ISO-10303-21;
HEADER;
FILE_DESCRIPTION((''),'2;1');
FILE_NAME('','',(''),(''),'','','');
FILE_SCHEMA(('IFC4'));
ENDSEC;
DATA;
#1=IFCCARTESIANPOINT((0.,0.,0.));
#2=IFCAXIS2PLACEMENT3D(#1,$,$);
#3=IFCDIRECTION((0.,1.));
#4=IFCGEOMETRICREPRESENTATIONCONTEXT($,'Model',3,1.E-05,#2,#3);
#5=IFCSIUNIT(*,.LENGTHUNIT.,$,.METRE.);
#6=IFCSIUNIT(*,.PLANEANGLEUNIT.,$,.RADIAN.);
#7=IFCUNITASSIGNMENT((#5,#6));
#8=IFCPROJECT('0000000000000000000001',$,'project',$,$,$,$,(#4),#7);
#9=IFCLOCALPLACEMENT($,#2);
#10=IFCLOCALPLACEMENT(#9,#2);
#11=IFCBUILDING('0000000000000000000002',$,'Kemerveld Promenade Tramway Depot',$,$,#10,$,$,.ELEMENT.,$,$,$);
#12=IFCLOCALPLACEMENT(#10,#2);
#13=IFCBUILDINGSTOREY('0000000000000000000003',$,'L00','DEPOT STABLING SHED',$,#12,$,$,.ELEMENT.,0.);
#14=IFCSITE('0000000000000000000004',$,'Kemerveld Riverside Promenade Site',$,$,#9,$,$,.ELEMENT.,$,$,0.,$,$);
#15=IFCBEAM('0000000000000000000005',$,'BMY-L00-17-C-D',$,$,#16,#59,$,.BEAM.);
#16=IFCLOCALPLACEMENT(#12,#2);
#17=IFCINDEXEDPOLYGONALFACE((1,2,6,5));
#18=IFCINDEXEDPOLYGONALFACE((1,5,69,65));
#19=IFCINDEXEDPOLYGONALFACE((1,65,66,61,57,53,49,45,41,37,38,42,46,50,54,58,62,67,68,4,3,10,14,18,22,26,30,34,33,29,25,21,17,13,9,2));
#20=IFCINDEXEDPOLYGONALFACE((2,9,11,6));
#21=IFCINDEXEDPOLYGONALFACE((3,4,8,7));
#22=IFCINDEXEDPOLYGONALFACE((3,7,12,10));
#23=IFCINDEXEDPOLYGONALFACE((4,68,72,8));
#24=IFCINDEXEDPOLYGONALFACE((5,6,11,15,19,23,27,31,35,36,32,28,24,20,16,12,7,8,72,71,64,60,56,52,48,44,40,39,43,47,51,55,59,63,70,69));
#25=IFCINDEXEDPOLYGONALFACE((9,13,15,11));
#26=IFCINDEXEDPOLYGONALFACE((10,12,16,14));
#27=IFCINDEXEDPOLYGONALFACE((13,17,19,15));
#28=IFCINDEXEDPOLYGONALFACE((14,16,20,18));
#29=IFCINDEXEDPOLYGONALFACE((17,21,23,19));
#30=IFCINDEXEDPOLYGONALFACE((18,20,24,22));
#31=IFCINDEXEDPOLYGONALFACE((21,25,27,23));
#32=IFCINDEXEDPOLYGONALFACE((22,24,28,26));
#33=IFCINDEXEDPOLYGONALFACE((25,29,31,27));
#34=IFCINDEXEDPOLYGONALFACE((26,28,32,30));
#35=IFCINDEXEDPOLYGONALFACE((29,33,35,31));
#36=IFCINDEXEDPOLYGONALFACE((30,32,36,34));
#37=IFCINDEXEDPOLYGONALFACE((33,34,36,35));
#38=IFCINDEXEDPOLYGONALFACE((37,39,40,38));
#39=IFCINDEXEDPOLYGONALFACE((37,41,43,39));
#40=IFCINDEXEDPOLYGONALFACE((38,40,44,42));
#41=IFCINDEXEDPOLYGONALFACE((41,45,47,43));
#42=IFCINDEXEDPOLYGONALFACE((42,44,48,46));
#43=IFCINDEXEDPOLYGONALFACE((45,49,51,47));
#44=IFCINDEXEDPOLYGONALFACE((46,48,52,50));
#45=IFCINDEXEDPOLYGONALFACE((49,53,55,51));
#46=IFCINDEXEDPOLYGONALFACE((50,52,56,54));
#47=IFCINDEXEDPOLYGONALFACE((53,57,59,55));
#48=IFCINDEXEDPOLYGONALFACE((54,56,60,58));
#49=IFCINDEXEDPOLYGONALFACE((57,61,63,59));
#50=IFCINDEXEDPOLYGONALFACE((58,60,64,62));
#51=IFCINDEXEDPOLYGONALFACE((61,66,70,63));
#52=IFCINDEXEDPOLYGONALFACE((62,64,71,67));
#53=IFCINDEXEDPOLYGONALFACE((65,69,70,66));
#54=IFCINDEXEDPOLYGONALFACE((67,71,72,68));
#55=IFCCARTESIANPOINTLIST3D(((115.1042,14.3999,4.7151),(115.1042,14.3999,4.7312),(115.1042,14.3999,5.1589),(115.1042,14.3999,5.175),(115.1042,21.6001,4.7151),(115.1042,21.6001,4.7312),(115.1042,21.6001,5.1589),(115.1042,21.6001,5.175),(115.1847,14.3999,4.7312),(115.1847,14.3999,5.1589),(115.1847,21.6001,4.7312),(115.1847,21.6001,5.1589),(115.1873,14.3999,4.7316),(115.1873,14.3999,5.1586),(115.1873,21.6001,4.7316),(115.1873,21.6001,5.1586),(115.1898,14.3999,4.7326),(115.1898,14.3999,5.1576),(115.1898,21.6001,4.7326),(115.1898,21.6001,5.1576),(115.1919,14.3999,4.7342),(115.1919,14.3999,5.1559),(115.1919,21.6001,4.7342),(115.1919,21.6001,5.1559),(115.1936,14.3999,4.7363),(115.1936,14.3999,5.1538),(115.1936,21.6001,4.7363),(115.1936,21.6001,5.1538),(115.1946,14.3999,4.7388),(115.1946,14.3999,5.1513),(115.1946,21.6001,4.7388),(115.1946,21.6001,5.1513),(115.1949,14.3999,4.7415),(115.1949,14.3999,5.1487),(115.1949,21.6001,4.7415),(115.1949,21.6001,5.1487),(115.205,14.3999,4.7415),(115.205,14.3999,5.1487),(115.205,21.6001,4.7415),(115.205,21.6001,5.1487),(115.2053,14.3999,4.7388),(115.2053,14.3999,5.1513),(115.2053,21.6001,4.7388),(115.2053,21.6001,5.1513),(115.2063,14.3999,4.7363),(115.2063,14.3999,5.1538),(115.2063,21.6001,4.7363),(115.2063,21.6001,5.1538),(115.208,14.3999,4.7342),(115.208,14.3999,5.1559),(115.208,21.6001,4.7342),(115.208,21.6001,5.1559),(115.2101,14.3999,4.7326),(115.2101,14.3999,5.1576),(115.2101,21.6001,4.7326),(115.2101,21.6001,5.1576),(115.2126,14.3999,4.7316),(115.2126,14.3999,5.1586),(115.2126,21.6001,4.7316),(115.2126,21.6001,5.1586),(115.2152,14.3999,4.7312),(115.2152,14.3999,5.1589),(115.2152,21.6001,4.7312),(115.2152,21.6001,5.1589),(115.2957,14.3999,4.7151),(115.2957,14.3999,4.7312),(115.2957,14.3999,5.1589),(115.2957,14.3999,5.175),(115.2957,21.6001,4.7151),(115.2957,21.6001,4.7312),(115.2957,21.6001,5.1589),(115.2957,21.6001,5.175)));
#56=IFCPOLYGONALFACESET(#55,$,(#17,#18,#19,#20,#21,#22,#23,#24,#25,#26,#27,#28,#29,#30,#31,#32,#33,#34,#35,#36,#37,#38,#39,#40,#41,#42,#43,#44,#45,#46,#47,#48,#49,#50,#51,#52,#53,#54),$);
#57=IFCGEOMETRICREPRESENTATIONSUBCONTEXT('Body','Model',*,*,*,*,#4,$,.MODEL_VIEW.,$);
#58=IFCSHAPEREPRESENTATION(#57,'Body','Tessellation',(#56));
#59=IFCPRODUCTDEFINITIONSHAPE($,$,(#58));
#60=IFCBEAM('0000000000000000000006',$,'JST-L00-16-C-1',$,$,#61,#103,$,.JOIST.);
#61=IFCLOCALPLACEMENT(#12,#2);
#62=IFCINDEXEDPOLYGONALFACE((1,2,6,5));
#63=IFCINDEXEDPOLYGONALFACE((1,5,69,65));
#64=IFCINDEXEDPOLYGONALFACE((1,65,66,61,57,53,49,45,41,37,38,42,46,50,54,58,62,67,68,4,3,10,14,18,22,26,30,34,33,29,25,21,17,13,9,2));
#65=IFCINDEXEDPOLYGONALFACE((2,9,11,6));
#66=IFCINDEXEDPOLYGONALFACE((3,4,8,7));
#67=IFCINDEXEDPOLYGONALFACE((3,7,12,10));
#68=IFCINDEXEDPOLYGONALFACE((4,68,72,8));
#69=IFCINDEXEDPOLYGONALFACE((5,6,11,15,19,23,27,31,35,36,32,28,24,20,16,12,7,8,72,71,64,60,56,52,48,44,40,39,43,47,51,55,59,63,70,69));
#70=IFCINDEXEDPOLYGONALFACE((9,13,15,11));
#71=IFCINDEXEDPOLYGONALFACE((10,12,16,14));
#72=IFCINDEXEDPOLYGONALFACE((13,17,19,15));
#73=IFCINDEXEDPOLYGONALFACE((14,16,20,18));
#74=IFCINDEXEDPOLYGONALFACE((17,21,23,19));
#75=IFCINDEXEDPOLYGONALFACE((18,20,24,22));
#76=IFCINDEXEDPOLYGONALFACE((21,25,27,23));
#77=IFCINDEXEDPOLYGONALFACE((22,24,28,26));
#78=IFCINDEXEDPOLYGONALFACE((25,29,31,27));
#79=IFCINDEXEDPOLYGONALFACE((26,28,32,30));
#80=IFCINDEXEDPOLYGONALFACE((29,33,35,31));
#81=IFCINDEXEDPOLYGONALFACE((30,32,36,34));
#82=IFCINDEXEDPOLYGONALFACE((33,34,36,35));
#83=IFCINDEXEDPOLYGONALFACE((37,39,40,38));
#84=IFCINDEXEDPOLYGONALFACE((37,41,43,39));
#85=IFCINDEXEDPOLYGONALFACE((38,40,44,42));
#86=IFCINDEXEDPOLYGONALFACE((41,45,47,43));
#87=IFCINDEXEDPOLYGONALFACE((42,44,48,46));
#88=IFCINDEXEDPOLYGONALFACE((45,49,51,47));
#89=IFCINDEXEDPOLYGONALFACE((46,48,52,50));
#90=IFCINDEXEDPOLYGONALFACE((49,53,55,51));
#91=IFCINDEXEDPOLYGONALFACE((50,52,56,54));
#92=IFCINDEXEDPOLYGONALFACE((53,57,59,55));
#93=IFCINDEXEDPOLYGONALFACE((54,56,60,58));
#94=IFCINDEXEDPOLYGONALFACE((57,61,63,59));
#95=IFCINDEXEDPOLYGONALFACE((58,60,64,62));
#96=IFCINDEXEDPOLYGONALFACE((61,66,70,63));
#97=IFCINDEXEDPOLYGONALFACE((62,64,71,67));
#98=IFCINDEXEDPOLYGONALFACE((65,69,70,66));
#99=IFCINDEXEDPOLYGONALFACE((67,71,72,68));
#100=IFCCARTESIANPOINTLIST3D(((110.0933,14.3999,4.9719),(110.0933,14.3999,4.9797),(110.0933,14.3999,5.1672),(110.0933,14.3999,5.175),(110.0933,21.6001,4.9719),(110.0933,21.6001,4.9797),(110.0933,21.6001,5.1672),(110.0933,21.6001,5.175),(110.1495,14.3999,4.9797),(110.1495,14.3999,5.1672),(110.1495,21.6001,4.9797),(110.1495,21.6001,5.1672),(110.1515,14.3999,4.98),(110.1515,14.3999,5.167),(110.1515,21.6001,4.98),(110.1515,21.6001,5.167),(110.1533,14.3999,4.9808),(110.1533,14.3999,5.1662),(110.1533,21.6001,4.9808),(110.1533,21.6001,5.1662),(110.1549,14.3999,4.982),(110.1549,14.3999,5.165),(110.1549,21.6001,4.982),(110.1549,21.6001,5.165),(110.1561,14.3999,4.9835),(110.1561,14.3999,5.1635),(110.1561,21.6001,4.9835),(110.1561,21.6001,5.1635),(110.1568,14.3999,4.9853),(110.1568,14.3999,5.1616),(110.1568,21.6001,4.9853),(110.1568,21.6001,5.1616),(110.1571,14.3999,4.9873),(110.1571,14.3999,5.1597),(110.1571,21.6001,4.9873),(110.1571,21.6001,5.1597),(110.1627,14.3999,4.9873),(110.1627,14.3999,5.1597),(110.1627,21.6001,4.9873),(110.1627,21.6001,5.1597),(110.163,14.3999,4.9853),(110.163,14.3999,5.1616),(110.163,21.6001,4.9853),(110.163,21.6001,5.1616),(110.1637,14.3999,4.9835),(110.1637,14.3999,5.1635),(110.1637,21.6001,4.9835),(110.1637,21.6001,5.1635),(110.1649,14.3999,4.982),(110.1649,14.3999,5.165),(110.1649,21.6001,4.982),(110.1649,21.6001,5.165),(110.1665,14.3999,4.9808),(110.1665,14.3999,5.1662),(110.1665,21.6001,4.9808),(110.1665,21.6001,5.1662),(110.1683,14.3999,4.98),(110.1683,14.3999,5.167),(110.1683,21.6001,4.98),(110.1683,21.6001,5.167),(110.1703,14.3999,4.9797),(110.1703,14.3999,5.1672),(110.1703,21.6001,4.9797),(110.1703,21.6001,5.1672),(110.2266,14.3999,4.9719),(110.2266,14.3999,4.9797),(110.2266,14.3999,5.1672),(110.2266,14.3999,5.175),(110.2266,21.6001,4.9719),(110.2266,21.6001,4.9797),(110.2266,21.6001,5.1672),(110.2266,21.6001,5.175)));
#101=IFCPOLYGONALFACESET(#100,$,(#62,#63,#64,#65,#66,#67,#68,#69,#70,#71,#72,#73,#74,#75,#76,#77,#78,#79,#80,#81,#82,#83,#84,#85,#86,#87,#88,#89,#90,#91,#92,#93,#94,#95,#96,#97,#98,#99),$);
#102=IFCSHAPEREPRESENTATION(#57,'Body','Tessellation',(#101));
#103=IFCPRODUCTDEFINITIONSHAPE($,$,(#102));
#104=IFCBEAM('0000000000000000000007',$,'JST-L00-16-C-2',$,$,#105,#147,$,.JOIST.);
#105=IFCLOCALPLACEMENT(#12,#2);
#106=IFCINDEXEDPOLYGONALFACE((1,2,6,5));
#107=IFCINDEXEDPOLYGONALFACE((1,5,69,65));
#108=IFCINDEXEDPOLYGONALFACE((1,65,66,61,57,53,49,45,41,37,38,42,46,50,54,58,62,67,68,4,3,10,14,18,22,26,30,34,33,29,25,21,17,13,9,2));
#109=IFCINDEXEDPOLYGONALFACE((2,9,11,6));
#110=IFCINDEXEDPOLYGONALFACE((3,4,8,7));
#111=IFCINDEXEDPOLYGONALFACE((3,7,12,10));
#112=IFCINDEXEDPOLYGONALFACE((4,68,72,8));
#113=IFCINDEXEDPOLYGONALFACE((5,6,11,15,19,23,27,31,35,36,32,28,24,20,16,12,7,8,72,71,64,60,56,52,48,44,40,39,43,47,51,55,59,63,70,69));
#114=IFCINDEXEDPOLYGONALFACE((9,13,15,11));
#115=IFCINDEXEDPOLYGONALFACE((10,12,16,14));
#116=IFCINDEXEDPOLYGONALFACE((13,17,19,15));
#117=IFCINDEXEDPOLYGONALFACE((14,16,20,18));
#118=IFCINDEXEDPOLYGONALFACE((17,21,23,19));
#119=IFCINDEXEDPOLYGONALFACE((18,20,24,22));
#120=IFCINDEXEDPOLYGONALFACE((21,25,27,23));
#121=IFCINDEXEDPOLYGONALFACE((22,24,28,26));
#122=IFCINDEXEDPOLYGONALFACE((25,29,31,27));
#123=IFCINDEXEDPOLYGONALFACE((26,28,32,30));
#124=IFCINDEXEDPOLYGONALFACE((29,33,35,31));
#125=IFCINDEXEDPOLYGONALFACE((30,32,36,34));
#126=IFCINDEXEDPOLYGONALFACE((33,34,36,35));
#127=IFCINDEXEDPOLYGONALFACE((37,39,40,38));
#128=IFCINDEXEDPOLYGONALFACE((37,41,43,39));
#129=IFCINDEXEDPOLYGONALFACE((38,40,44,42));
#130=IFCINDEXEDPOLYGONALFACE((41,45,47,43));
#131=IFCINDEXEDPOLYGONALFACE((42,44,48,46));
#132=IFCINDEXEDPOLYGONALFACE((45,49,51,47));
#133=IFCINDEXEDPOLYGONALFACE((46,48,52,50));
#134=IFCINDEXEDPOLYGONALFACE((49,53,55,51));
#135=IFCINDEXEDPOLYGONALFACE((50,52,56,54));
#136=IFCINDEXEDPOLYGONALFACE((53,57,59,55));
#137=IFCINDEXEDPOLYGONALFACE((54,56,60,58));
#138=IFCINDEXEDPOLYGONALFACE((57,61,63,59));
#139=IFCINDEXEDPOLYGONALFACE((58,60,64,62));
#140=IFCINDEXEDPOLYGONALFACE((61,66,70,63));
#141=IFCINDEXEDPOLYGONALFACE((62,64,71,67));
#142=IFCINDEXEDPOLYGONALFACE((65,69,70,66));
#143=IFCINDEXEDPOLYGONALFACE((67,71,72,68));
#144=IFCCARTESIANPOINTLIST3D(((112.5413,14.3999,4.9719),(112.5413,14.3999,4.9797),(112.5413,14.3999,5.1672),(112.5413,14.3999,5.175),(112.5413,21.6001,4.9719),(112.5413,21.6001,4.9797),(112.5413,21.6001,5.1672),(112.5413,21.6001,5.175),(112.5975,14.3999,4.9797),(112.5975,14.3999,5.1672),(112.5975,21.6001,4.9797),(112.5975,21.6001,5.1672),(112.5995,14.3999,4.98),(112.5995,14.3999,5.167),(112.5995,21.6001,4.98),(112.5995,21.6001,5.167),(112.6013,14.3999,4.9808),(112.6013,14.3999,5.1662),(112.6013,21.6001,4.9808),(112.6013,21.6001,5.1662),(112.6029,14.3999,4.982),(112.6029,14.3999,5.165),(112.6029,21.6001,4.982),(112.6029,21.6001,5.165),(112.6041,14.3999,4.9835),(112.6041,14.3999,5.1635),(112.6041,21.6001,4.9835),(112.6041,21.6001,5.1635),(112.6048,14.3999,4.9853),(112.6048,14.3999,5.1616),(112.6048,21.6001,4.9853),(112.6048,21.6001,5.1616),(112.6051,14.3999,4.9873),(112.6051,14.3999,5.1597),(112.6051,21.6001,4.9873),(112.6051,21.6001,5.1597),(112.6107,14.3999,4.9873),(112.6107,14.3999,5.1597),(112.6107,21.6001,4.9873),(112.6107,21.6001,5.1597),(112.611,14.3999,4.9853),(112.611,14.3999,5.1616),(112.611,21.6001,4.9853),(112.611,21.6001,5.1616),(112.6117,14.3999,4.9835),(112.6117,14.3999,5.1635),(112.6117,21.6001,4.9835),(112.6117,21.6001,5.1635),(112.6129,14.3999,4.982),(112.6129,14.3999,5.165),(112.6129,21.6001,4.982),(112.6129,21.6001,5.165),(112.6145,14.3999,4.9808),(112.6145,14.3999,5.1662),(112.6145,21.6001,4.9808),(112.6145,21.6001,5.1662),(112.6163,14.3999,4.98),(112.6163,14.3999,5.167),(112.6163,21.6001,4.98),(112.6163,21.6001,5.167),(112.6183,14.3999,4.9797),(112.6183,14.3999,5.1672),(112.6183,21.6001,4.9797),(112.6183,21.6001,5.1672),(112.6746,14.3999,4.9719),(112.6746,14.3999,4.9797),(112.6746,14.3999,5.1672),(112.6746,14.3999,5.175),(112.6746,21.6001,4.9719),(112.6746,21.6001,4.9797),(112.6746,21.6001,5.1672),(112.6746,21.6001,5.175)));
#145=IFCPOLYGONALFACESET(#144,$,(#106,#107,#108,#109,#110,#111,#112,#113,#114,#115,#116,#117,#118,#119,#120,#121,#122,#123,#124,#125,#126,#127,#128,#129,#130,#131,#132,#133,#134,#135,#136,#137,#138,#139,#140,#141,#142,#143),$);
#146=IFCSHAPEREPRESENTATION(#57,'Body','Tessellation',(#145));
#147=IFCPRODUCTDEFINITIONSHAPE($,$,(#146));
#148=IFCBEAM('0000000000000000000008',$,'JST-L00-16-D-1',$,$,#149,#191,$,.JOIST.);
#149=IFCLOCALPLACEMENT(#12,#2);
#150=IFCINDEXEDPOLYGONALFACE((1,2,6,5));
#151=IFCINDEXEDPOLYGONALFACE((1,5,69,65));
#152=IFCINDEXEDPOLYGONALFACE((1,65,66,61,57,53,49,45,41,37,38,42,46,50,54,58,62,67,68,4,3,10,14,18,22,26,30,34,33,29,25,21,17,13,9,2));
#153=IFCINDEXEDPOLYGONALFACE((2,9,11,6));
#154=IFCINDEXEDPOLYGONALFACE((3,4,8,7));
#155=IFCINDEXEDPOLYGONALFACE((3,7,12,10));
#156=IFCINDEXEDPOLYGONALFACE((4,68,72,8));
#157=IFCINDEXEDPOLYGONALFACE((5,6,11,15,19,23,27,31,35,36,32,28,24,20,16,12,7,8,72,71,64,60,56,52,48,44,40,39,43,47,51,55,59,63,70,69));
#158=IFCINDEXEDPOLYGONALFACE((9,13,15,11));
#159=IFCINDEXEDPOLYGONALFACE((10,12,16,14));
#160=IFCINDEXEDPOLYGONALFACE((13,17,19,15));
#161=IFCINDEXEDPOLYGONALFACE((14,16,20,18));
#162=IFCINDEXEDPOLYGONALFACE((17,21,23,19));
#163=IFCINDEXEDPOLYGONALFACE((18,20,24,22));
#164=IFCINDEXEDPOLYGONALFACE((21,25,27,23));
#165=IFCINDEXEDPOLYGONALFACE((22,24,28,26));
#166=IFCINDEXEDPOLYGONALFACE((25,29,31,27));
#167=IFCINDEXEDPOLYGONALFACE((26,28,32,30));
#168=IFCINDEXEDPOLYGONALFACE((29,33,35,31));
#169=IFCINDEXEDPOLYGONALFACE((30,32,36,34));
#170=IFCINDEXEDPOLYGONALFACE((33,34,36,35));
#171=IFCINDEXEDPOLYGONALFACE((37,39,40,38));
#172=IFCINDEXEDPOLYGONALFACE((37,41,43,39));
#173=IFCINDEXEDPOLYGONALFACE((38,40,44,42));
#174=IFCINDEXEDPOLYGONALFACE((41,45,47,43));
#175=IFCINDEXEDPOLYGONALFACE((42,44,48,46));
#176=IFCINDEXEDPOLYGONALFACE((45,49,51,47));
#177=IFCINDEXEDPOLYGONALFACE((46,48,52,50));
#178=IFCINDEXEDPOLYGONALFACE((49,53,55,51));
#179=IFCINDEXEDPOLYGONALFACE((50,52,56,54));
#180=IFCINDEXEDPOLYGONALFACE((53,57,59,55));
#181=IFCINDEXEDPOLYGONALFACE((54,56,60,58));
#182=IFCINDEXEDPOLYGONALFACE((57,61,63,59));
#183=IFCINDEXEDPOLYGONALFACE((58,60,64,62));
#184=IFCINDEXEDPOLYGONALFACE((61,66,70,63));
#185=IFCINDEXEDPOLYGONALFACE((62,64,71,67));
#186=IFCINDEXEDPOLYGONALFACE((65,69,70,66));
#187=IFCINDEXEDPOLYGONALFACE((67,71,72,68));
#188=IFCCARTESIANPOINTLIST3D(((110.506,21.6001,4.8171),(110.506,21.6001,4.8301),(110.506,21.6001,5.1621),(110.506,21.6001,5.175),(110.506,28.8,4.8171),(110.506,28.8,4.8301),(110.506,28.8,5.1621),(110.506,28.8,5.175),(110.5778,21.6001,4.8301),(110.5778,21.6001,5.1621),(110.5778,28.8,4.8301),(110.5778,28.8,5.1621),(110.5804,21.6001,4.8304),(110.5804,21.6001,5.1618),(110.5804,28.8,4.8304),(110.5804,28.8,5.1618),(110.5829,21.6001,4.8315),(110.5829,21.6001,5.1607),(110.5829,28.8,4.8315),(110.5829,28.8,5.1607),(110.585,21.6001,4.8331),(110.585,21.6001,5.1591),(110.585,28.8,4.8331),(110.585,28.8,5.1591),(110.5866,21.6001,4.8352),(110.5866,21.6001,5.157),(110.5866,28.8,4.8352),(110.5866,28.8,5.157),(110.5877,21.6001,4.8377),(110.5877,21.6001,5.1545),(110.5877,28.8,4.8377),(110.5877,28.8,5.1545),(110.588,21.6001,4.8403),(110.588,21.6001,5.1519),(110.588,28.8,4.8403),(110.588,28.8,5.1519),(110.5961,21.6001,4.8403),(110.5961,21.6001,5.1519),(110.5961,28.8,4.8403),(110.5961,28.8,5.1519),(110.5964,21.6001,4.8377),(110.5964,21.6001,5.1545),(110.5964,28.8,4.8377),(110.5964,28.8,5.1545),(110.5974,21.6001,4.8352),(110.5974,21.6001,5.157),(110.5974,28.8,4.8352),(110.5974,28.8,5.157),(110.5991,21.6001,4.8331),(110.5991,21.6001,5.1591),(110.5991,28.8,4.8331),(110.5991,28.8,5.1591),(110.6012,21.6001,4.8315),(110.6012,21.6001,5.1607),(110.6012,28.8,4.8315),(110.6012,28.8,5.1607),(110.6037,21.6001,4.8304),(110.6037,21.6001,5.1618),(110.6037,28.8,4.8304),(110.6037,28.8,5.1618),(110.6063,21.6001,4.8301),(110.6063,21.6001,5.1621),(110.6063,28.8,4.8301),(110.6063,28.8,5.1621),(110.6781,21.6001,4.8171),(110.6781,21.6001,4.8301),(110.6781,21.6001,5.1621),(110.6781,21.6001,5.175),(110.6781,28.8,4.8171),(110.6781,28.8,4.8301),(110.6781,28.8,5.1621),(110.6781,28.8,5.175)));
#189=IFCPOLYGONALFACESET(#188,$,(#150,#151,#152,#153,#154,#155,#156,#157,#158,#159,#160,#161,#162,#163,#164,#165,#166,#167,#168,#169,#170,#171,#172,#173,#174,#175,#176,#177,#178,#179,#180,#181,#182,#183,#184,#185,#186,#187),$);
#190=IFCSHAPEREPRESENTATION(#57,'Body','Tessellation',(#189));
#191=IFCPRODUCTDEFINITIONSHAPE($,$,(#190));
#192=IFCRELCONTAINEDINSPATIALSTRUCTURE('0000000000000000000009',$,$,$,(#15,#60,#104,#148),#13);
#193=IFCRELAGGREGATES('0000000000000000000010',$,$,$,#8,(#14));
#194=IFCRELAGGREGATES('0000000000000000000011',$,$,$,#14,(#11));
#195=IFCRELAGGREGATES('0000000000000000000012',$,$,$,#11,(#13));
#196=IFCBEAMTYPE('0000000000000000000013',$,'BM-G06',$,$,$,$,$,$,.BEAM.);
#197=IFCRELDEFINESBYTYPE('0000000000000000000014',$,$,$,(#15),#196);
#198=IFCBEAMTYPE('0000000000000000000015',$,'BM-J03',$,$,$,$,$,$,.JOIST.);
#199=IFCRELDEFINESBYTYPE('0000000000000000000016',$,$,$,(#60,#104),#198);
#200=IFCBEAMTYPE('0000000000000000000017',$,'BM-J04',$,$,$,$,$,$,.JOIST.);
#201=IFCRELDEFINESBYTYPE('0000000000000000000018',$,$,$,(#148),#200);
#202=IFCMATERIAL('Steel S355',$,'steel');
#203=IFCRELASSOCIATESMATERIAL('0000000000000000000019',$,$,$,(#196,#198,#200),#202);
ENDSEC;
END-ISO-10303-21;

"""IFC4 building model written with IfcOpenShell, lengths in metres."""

from ifc_helpers import new_model, si_unit, direction, frame, origin, origin_2d, place, context, subcontext, project, spatial, i_section, extrude, material, material_profile, profile_set, type_object, element, save


model = new_model("IFC4")

# Units and contexts
model_context = context("Model", 3, precision=1e-05, world=origin(), true_north=direction((0.0, 1.0)))
body_context = subcontext(model_context, "Body", "Model", "MODEL_VIEW")
ifc_project = project(units=[si_unit("LENGTHUNIT", "METRE"), si_unit("PLANEANGLEUNIT", "RADIAN")], contexts=[model_context])

# Site, building, storey
site_placement = place(None, origin())
site = spatial("IfcSite", under=ifc_project, at=site_placement, Name="Kemerveld Riverside Promenade Site", CompositionType="ELEMENT", RefElevation=0.0)
building_placement = place(site_placement, origin())
building = spatial("IfcBuilding", under=site, at=building_placement, Name="Kemerveld Promenade Tramway Depot", CompositionType="ELEMENT")
storey_placement = place(building_placement, origin())
storey = spatial("IfcBuildingStorey", under=building, at=storey_placement, Name="L00", Description="DEPOT STABLING SHED", CompositionType="ELEMENT", Elevation=0.0)

# Shared definitions
ifc_material_1 = material(Name="Steel S355", Category="steel")

# Beams
ifc_material_profile_1 = material_profile(ifc_material_1, i_section(OverallWidth=0.1914, OverallDepth=0.46, WebThickness=0.01, FlangeThickness=0.0161, FilletRadius=0.0103, at=origin_2d()), Name="457x191x82 UB")
ifc_profile_set_1 = profile_set([ifc_material_profile_1], Name="Steel S355")
beam_type_1 = type_object("IfcBeamType", Name="BM-G06", PredefinedType="BEAM", material=ifc_profile_set_1)
beam_1_placement = place(storey_placement, frame((115.2, 14.3999, 4.9451), z_axis=(0.0, 1.0, 0.0), x_axis=(-1.0, 0.0, 0.0)))
element("IfcBeam", 1, at=beam_1_placement, inside=storey, type_object=beam_type_1, Name="BMY-L00-17-C-D", PredefinedType="BEAM", context=body_context, shape_type="SweptSolid", body=[
    extrude(i_section(OverallWidth=0.1914, OverallDepth=0.46, WebThickness=0.01, FlangeThickness=0.0161, FilletRadius=0.0103, at=origin_2d()), origin(), (0.0, 0.0, 1.0), 7.2002),
])
ifc_material_profile_2 = material_profile(ifc_material_1, i_section(OverallWidth=0.1333, OverallDepth=0.2031, WebThickness=0.0056, FlangeThickness=0.0078, FilletRadius=0.0076, at=origin_2d()), Name="203x133x25 UB")
ifc_profile_set_2 = profile_set([ifc_material_profile_2], Name="Steel S355")
beam_type_2 = type_object("IfcBeamType", Name="BM-J03", PredefinedType="JOIST", material=ifc_profile_set_2)
for number, where, z_axis, x_axis, name in (
    (2, (110.1599, 14.3999, 5.0735), (0.0, 1.0, 0.0), (-1.0, 0.0, 0.0), "JST-L00-16-C-1"),
    (3, (112.6079, 14.3999, 5.0735), (0.0, 1.0, 0.0), (-1.0, 0.0, 0.0), "JST-L00-16-C-2"),
):
    element("IfcBeam", number, at=place(storey_placement, frame(where, z_axis=z_axis, x_axis=x_axis)), inside=storey, type_object=beam_type_2, Name=name, PredefinedType="JOIST", context=body_context, shape_type="SweptSolid", body=[
        extrude(i_section(OverallWidth=0.1333, OverallDepth=0.2031, WebThickness=0.0056, FlangeThickness=0.0078, FilletRadius=0.0076, at=origin_2d()), origin(), (0.0, 0.0, 1.0), 7.2002),
    ])
ifc_material_profile_3 = material_profile(ifc_material_1, i_section(OverallWidth=0.1721, OverallDepth=0.3579, WebThickness=0.0081, FlangeThickness=0.0129, FilletRadius=0.0103, at=origin_2d()), Name="356x171x57 UB")
ifc_profile_set_3 = profile_set([ifc_material_profile_3], Name="Steel S355")
beam_type_3 = type_object("IfcBeamType", Name="BM-J04", PredefinedType="JOIST", material=ifc_profile_set_3)
for number, where, z_axis, x_axis, name in (
    (4, (110.592, 21.6001, 4.9961), (0.0, 1.0, 0.0), (-1.0, 0.0, 0.0), "JST-L00-16-D-1"),
):
    element("IfcBeam", number, at=place(storey_placement, frame(where, z_axis=z_axis, x_axis=x_axis)), inside=storey, type_object=beam_type_3, Name=name, PredefinedType="JOIST", context=body_context, shape_type="SweptSolid", body=[
        extrude(i_section(OverallWidth=0.1721, OverallDepth=0.3579, WebThickness=0.0081, FlangeThickness=0.0129, FilletRadius=0.0103, at=origin_2d()), origin(), (0.0, 0.0, 1.0), 7.2),
    ])

save(model, "model.ifc")
